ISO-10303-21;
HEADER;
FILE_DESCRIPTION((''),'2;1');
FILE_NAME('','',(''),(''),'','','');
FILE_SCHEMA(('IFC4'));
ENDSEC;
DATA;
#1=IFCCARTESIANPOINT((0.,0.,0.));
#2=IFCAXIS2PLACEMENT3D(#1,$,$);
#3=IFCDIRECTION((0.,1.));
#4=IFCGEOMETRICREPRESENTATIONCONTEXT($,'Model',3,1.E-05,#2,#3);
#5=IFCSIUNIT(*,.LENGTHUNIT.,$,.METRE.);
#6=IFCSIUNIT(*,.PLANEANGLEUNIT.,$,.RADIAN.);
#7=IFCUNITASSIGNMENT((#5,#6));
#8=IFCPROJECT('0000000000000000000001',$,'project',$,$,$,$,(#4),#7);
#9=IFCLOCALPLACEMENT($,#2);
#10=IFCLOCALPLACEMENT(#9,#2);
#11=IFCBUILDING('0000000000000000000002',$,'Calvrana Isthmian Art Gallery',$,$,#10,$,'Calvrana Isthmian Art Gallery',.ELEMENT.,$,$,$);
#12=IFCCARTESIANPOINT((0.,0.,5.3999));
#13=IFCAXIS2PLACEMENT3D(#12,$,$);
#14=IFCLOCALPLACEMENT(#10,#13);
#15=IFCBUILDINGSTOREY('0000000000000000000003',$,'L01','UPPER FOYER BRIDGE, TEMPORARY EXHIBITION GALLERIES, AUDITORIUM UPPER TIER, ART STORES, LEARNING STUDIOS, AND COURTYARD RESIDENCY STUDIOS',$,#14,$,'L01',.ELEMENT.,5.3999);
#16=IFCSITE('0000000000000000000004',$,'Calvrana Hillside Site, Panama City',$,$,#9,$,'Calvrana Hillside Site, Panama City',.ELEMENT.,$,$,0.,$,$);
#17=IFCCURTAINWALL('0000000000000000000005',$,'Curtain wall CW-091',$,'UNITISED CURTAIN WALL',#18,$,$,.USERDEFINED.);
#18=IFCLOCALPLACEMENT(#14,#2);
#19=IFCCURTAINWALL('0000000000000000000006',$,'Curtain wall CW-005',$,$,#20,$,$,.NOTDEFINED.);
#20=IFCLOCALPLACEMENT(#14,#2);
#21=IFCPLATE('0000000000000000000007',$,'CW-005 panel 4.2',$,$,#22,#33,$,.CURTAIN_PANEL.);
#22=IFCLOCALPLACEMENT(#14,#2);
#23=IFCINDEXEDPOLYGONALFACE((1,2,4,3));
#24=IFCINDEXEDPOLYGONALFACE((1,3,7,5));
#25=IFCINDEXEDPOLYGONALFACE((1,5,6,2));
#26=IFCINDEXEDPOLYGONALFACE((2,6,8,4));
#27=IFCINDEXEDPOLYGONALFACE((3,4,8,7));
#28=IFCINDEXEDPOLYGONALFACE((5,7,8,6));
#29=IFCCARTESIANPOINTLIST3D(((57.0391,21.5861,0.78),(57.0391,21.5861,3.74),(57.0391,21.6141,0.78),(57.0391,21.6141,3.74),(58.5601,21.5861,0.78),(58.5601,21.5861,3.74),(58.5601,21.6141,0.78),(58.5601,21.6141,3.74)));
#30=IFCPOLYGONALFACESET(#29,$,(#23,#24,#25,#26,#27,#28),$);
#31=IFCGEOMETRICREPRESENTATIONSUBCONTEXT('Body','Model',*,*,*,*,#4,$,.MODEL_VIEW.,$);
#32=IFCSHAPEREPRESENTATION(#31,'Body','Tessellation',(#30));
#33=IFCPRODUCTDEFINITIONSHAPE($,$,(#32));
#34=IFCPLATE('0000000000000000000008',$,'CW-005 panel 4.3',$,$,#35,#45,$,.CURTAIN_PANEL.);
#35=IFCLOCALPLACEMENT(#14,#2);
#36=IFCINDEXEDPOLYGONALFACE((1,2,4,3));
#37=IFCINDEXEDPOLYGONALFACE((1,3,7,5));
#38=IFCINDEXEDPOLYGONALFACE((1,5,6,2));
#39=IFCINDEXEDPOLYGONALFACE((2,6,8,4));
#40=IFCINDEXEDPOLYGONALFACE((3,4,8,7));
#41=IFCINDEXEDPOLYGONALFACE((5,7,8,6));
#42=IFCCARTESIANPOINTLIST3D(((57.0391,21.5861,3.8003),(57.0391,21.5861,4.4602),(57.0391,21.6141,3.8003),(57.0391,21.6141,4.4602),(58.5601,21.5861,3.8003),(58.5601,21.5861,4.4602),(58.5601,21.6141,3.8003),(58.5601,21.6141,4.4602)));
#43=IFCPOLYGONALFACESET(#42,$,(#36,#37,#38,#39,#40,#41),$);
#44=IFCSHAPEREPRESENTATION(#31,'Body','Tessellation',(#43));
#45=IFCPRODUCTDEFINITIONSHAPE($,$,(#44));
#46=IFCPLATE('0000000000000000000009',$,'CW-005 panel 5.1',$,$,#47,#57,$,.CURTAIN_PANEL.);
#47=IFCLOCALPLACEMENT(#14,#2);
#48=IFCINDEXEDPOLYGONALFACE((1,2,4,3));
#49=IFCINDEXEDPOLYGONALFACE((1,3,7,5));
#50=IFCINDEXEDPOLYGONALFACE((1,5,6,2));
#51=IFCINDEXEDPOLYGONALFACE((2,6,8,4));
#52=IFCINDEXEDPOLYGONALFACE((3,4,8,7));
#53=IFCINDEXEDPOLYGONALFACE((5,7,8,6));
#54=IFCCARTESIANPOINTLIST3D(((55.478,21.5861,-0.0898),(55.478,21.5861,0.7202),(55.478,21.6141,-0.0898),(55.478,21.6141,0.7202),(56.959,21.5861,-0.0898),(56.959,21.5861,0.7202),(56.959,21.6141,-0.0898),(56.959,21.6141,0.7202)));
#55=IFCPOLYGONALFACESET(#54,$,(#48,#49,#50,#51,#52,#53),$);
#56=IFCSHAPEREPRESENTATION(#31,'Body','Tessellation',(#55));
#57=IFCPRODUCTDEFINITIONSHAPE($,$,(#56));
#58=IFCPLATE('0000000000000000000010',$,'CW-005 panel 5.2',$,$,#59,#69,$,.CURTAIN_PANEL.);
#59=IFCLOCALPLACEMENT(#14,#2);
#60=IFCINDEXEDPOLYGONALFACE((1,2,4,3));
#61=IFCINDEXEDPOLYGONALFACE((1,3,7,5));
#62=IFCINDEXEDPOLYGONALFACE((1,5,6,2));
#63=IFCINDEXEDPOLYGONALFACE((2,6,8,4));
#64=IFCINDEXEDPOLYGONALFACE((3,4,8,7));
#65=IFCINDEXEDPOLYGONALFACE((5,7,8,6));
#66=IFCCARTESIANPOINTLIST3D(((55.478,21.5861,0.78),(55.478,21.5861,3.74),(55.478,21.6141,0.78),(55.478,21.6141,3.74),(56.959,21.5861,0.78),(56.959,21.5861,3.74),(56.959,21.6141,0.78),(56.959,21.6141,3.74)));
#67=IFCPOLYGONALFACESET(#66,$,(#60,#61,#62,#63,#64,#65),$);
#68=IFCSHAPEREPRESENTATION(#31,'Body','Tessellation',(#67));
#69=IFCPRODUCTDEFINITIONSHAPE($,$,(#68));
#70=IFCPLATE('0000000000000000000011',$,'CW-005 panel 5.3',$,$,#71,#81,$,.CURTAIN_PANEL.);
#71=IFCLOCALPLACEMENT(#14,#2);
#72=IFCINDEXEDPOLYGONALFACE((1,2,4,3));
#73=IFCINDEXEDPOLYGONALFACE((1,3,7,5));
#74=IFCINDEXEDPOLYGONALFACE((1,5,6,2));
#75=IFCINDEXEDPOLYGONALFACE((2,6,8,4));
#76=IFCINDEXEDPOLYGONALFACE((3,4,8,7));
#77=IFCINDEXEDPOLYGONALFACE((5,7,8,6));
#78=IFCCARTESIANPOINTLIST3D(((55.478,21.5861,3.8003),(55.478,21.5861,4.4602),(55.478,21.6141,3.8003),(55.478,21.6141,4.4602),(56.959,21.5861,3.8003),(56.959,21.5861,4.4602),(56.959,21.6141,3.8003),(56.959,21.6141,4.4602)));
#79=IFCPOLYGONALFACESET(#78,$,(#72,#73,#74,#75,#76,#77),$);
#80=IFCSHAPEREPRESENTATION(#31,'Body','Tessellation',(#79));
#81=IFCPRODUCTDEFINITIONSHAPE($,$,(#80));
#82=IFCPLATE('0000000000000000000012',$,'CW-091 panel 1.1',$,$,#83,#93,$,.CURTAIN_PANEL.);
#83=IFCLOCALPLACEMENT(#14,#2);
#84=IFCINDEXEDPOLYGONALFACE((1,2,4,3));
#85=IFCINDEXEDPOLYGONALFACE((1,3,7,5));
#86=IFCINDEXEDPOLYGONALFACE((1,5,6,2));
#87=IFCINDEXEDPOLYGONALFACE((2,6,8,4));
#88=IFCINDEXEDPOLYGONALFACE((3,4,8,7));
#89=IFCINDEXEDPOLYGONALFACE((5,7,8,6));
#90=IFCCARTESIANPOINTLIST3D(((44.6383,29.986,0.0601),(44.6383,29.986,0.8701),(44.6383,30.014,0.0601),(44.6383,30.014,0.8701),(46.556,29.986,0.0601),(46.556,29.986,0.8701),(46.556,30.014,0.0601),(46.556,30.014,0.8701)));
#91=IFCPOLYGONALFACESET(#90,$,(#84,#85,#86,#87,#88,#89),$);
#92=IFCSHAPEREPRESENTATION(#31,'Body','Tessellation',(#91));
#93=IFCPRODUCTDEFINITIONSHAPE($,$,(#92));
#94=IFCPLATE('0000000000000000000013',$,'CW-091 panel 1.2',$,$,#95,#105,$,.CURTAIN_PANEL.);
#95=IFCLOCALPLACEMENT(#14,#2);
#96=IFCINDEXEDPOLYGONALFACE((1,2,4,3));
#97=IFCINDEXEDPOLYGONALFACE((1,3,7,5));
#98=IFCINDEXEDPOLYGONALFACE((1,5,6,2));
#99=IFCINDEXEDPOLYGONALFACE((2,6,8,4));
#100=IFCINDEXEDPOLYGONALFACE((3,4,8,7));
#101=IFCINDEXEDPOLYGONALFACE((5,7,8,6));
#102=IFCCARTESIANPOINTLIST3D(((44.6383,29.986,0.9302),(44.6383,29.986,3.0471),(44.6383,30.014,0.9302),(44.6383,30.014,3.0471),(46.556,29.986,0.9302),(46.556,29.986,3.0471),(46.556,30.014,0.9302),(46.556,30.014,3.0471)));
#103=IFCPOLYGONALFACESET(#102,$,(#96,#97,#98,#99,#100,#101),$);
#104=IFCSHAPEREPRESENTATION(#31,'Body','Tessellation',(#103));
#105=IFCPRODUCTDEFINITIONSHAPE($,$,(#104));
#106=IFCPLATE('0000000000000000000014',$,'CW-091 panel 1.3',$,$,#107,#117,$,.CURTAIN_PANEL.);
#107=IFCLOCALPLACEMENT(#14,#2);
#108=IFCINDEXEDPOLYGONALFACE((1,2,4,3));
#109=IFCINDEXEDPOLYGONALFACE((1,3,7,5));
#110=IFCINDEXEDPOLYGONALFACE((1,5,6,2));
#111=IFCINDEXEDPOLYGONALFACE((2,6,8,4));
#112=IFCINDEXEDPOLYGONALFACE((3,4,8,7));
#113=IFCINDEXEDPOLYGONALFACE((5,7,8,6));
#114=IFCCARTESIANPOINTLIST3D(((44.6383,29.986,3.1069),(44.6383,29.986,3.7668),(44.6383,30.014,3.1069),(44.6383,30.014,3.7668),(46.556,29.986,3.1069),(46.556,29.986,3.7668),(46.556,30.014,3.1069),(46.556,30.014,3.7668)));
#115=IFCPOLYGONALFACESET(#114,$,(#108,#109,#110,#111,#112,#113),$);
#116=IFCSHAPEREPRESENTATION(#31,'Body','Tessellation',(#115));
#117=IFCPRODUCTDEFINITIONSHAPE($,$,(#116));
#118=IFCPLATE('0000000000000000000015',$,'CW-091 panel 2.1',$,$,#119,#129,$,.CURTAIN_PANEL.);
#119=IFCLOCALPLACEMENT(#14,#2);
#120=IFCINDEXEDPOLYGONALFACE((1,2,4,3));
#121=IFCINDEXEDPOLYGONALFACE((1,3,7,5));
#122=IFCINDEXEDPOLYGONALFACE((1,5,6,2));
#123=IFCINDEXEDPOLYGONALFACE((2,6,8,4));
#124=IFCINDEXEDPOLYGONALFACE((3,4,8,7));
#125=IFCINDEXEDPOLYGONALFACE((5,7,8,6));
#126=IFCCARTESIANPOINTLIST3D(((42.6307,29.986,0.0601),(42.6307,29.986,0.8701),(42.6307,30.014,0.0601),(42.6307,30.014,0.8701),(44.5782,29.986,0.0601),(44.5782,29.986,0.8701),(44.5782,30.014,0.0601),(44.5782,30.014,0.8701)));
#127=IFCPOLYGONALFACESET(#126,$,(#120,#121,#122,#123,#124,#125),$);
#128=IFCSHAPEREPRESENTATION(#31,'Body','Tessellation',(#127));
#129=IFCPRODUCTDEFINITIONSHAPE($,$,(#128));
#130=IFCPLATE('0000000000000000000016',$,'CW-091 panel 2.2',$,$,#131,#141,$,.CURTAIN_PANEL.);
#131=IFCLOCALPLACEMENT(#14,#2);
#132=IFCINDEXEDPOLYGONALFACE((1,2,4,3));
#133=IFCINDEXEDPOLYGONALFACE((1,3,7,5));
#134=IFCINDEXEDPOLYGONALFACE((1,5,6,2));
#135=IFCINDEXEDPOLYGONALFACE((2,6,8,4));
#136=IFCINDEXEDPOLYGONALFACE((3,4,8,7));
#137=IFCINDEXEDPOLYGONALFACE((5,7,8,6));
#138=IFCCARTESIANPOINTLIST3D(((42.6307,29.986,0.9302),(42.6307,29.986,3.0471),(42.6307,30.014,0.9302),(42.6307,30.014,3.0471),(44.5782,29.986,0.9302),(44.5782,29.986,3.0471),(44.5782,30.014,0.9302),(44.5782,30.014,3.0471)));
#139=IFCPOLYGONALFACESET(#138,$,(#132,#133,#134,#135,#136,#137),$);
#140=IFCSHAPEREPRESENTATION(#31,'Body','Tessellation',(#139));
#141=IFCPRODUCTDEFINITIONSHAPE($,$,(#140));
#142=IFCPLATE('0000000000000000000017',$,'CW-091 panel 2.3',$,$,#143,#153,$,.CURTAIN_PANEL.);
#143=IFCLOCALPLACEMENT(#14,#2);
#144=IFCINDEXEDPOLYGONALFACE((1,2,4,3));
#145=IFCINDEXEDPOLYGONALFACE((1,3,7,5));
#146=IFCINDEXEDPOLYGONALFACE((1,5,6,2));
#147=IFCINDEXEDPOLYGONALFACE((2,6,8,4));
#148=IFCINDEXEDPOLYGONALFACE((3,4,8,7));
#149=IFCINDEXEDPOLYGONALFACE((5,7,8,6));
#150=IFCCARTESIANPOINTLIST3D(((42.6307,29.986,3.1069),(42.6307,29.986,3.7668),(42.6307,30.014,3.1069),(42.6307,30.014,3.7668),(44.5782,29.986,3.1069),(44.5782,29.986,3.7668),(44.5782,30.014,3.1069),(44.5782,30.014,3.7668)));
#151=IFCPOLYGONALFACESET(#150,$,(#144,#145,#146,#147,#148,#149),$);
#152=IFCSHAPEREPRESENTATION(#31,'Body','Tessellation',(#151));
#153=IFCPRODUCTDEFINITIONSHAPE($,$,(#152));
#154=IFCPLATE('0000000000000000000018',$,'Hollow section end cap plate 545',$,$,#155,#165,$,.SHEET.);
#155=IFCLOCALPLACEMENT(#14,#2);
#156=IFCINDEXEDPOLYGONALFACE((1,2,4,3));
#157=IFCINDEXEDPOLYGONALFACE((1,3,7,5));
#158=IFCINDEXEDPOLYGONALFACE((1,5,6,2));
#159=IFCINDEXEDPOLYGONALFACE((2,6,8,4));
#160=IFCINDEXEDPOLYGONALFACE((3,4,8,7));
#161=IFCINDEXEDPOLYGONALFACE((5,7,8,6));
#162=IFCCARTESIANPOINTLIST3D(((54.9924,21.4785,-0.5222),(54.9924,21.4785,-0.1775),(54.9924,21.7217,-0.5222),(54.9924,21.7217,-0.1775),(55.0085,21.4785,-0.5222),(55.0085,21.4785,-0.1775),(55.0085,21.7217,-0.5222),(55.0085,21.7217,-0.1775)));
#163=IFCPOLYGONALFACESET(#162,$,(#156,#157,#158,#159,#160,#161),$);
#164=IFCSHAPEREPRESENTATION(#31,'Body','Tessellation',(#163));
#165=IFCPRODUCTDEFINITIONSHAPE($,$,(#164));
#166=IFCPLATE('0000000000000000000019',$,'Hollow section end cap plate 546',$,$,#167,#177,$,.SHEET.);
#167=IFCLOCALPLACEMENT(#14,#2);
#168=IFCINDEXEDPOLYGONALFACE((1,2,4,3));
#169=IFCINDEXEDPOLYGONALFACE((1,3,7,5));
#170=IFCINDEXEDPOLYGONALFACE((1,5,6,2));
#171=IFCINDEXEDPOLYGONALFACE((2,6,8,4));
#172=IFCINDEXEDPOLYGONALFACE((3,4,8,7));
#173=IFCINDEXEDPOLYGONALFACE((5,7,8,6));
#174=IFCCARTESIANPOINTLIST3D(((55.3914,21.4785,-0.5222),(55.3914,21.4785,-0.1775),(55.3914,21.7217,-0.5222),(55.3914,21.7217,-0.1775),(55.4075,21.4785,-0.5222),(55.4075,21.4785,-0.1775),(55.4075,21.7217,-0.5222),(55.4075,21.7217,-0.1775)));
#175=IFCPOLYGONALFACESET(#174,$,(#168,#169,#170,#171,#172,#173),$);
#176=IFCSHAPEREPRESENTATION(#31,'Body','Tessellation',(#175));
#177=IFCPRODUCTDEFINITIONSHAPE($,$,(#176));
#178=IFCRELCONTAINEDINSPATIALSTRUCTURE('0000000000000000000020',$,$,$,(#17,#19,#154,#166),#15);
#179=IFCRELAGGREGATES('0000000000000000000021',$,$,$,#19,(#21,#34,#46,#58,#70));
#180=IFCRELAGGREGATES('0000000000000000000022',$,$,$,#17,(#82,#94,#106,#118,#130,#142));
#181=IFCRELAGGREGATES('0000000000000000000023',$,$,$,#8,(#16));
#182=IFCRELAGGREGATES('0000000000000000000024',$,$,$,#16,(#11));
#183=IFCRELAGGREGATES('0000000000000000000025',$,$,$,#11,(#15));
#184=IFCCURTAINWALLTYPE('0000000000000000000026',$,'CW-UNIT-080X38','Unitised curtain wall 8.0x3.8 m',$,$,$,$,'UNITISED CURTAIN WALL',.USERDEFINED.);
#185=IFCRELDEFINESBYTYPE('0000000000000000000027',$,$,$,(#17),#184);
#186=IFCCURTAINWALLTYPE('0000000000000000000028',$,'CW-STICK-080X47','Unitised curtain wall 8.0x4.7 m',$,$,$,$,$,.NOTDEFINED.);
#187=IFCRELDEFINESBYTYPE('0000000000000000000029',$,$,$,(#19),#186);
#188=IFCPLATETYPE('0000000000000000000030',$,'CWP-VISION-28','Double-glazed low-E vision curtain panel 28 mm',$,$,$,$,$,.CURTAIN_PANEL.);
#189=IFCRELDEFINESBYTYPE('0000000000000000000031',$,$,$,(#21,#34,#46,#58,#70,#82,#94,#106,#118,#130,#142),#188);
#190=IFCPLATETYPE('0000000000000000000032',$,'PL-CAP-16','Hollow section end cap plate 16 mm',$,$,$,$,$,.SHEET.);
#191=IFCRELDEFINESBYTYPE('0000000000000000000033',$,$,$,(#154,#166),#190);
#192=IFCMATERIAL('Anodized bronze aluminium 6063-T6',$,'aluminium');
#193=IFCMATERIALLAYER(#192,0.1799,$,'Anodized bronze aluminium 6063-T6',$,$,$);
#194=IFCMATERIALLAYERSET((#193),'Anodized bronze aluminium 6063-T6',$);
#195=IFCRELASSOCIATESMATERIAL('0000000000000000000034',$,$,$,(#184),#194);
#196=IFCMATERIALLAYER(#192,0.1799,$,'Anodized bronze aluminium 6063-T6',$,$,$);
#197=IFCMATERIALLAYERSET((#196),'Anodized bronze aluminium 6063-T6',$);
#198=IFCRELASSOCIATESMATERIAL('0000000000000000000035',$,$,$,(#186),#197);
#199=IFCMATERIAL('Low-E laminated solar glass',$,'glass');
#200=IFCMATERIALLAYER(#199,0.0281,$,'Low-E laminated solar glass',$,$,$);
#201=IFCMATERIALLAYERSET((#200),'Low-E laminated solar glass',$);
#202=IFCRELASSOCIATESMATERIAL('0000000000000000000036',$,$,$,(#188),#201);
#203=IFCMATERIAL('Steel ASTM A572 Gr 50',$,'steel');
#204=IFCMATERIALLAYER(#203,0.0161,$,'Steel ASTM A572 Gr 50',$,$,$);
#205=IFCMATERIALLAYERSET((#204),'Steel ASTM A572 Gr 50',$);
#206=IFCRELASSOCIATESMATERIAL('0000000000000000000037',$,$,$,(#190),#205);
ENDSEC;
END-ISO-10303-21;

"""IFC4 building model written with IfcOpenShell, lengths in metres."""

from ifc_helpers import new_model, si_unit, direction, frame, origin, origin_2d, place, context, subcontext, project, spatial, rectangle, extrude, material, layer, layer_set, type_object, element, aggregate, save


model = new_model("IFC4")

# Units and contexts
model_context = context("Model", 3, precision=1e-05, world=origin(), true_north=direction((0.0, 1.0)))
body_context = subcontext(model_context, "Body", "Model", "MODEL_VIEW")
ifc_project = project(units=[si_unit("LENGTHUNIT", "METRE"), si_unit("PLANEANGLEUNIT", "RADIAN")], contexts=[model_context])

# Site, building, storey
site_placement = place(None, origin())
site = spatial("IfcSite", under=ifc_project, at=site_placement, Name="Calvrana Hillside Site, Panama City", LongName="Calvrana Hillside Site, Panama City", CompositionType="ELEMENT", RefElevation=0.0)
building_placement = place(site_placement, origin())
building = spatial("IfcBuilding", under=site, at=building_placement, Name="Calvrana Isthmian Art Gallery", LongName="Calvrana Isthmian Art Gallery", CompositionType="ELEMENT")
storey_placement = place(building_placement, frame((0.0, 0.0, 5.3999)))
storey = spatial("IfcBuildingStorey", under=building, at=storey_placement, Name="L01", Description="UPPER FOYER BRIDGE, TEMPORARY EXHIBITION GALLERIES, AUDITORIUM UPPER TIER, ART STORES, LEARNING STUDIOS, AND COURTYARD RESIDENCY STUDIOS", LongName="L01", CompositionType="ELEMENT", Elevation=5.3999)

# Curtain wall
ifc_material_1 = material(Name="Anodized bronze aluminium 6063-T6", Category="aluminium")
ifc_layer_1 = layer(ifc_material_1, 0.1799, Name="Anodized bronze aluminium 6063-T6")
ifc_layer_set_1 = layer_set([ifc_layer_1], Name="Anodized bronze aluminium 6063-T6")
curtain_wall_type_1 = type_object("IfcCurtainWallType", Name="CW-UNIT-080X38", Description="Unitised curtain wall 8.0x3.8 m", ElementType="UNITISED CURTAIN WALL", PredefinedType="USERDEFINED", material=ifc_layer_set_1)
curtain_wall_1_placement = place(storey_placement, origin())
curtain_wall_1 = element("IfcCurtainWall", 1, at=curtain_wall_1_placement, inside=storey, type_object=curtain_wall_type_1, Name="Curtain wall CW-091", ObjectType="UNITISED CURTAIN WALL", PredefinedType="USERDEFINED")
ifc_layer_2 = layer(ifc_material_1, 0.1799, Name="Anodized bronze aluminium 6063-T6")
ifc_layer_set_2 = layer_set([ifc_layer_2], Name="Anodized bronze aluminium 6063-T6")
curtain_wall_type_2 = type_object("IfcCurtainWallType", Name="CW-STICK-080X47", Description="Unitised curtain wall 8.0x4.7 m", PredefinedType="NOTDEFINED", material=ifc_layer_set_2)

# Curtain wall
curtain_wall_2_placement = place(storey_placement, origin())
curtain_wall_2 = element("IfcCurtainWall", 2, at=curtain_wall_2_placement, inside=storey, type_object=curtain_wall_type_2, Name="Curtain wall CW-005", PredefinedType="NOTDEFINED")

# Plates
ifc_material_2 = material(Name="Low-E laminated solar glass", Category="glass")
ifc_layer_3 = layer(ifc_material_2, 0.0281, Name="Low-E laminated solar glass")
ifc_layer_set_3 = layer_set([ifc_layer_3], Name="Low-E laminated solar glass")
plate_type_1 = type_object("IfcPlateType", Name="CWP-VISION-28", Description="Double-glazed low-E vision curtain panel 28 mm", PredefinedType="CURTAIN_PANEL", material=ifc_layer_set_3)
plate_1_placement = place(storey_placement, frame((57.7996, 21.6001, 0.78), z_axis=(0.0, 0.0, 1.0), x_axis=(-1.0, 0.0, 0.0)))
plate_1 = element("IfcPlate", 3, at=plate_1_placement, type_object=plate_type_1, Name="CW-005 panel 4.2", PredefinedType="CURTAIN_PANEL", context=body_context, shape_type="SweptSolid", body=[
    extrude(rectangle(XDim=1.521, YDim=0.0281, at=origin_2d()), origin(), (0.0, 0.0, 1.0), 2.96),
])
plate_2_placement = place(storey_placement, frame((57.7996, 21.6001, 3.8003), z_axis=(0.0, 0.0, 1.0), x_axis=(-1.0, 0.0, 0.0)))
plate_2 = element("IfcPlate", 4, at=plate_2_placement, type_object=plate_type_1, Name="CW-005 panel 4.3", PredefinedType="CURTAIN_PANEL", context=body_context, shape_type="SweptSolid", body=[
    extrude(rectangle(XDim=1.521, YDim=0.0281, at=origin_2d()), origin(), (0.0, 0.0, 1.0), 0.6599),
])
plate_3_placement = place(storey_placement, frame((56.2185, 21.6001, -0.0898), z_axis=(0.0, 0.0, 1.0), x_axis=(-1.0, 0.0, 0.0)))
plate_3 = element("IfcPlate", 5, at=plate_3_placement, type_object=plate_type_1, Name="CW-005 panel 5.1", PredefinedType="CURTAIN_PANEL", context=body_context, shape_type="SweptSolid", body=[
    extrude(rectangle(XDim=1.481, YDim=0.0281, at=origin_2d()), origin(), (0.0, 0.0, 1.0), 0.8101),
])
plate_4_placement = place(storey_placement, frame((56.2185, 21.6001, 0.78), z_axis=(0.0, 0.0, 1.0), x_axis=(-1.0, 0.0, 0.0)))
plate_4 = element("IfcPlate", 6, at=plate_4_placement, type_object=plate_type_1, Name="CW-005 panel 5.2", PredefinedType="CURTAIN_PANEL", context=body_context, shape_type="SweptSolid", body=[
    extrude(rectangle(XDim=1.481, YDim=0.0281, at=origin_2d()), origin(), (0.0, 0.0, 1.0), 2.96),
])
plate_5_placement = place(storey_placement, frame((56.2185, 21.6001, 3.8003), z_axis=(0.0, 0.0, 1.0), x_axis=(-1.0, 0.0, 0.0)))
plate_5 = element("IfcPlate", 7, at=plate_5_placement, type_object=plate_type_1, Name="CW-005 panel 5.3", PredefinedType="CURTAIN_PANEL", context=body_context, shape_type="SweptSolid", body=[
    extrude(rectangle(XDim=1.481, YDim=0.0281, at=origin_2d()), origin(), (0.0, 0.0, 1.0), 0.6599),
])
aggregate(curtain_wall_2, [plate_1, plate_2, plate_3, plate_4, plate_5])
plate_6_placement = place(storey_placement, frame((45.5972, 30.0, 0.0601), z_axis=(0.0, 0.0, 1.0), x_axis=(-1.0, 0.0, 0.0)))
plate_6 = element("IfcPlate", 8, at=plate_6_placement, type_object=plate_type_1, Name="CW-091 panel 1.1", PredefinedType="CURTAIN_PANEL", context=body_context, shape_type="SweptSolid", body=[
    extrude(rectangle(XDim=1.9177, YDim=0.0281, at=origin_2d()), origin(), (0.0, 0.0, 1.0), 0.8101),
])
plate_7_placement = place(storey_placement, frame((45.5972, 30.0, 0.9302), z_axis=(0.0, 0.0, 1.0), x_axis=(-1.0, 0.0, 0.0)))
plate_7 = element("IfcPlate", 9, at=plate_7_placement, type_object=plate_type_1, Name="CW-091 panel 1.2", PredefinedType="CURTAIN_PANEL", context=body_context, shape_type="SweptSolid", body=[
    extrude(rectangle(XDim=1.9177, YDim=0.0281, at=origin_2d()), origin(), (0.0, 0.0, 1.0), 2.1169),
])
plate_8_placement = place(storey_placement, frame((45.5972, 30.0, 3.1069), z_axis=(0.0, 0.0, 1.0), x_axis=(-1.0, 0.0, 0.0)))
plate_8 = element("IfcPlate", 10, at=plate_8_placement, type_object=plate_type_1, Name="CW-091 panel 1.3", PredefinedType="CURTAIN_PANEL", context=body_context, shape_type="SweptSolid", body=[
    extrude(rectangle(XDim=1.9177, YDim=0.0281, at=origin_2d()), origin(), (0.0, 0.0, 1.0), 0.6599),
])
plate_9_placement = place(storey_placement, frame((43.6045, 30.0, 0.0601), z_axis=(0.0, 0.0, 1.0), x_axis=(-1.0, 0.0, 0.0)))
plate_9 = element("IfcPlate", 11, at=plate_9_placement, type_object=plate_type_1, Name="CW-091 panel 2.1", PredefinedType="CURTAIN_PANEL", context=body_context, shape_type="SweptSolid", body=[
    extrude(rectangle(XDim=1.9475, YDim=0.0281, at=origin_2d()), origin(), (0.0, 0.0, 1.0), 0.8101),
])
plate_10_placement = place(storey_placement, frame((43.6045, 30.0, 0.9302), z_axis=(0.0, 0.0, 1.0), x_axis=(-1.0, 0.0, 0.0)))
plate_10 = element("IfcPlate", 12, at=plate_10_placement, type_object=plate_type_1, Name="CW-091 panel 2.2", PredefinedType="CURTAIN_PANEL", context=body_context, shape_type="SweptSolid", body=[
    extrude(rectangle(XDim=1.9475, YDim=0.0281, at=origin_2d()), origin(), (0.0, 0.0, 1.0), 2.1169),
])
plate_11_placement = place(storey_placement, frame((43.6045, 30.0, 3.1069), z_axis=(0.0, 0.0, 1.0), x_axis=(-1.0, 0.0, 0.0)))
plate_11 = element("IfcPlate", 13, at=plate_11_placement, type_object=plate_type_1, Name="CW-091 panel 2.3", PredefinedType="CURTAIN_PANEL", context=body_context, shape_type="SweptSolid", body=[
    extrude(rectangle(XDim=1.9475, YDim=0.0281, at=origin_2d()), origin(), (0.0, 0.0, 1.0), 0.6599),
])
aggregate(curtain_wall_1, [plate_6, plate_7, plate_8, plate_9, plate_10, plate_11])

# Plates
ifc_material_3 = material(Name="Steel ASTM A572 Gr 50", Category="steel")
ifc_layer_4 = layer(ifc_material_3, 0.0161, Name="Steel ASTM A572 Gr 50")
ifc_layer_set_4 = layer_set([ifc_layer_4], Name="Steel ASTM A572 Gr 50")
plate_type_2 = type_object("IfcPlateType", Name="PL-CAP-16", Description="Hollow section end cap plate 16 mm", PredefinedType="SHEET", material=ifc_layer_set_4)
for number, where, z_axis, x_axis, name in (
    (14, (55.0005, 21.6001, -0.5222), (0.0, 0.0, 1.0), (1.0, 0.0, 0.0), "Hollow section end cap plate 545"),
    (15, (55.3994, 21.6001, -0.5222), (0.0, 0.0, 1.0), (1.0, 0.0, 0.0), "Hollow section end cap plate 546"),
):
    element("IfcPlate", number, at=place(storey_placement, frame(where, z_axis=z_axis, x_axis=x_axis)), inside=storey, type_object=plate_type_2, Name=name, PredefinedType="SHEET", context=body_context, shape_type="SweptSolid", body=[
        extrude(rectangle(XDim=0.0161, YDim=0.2432, at=origin_2d()), origin(), (0.0, 0.0, 1.0), 0.3447),
    ])

save(model, "model.ifc")
